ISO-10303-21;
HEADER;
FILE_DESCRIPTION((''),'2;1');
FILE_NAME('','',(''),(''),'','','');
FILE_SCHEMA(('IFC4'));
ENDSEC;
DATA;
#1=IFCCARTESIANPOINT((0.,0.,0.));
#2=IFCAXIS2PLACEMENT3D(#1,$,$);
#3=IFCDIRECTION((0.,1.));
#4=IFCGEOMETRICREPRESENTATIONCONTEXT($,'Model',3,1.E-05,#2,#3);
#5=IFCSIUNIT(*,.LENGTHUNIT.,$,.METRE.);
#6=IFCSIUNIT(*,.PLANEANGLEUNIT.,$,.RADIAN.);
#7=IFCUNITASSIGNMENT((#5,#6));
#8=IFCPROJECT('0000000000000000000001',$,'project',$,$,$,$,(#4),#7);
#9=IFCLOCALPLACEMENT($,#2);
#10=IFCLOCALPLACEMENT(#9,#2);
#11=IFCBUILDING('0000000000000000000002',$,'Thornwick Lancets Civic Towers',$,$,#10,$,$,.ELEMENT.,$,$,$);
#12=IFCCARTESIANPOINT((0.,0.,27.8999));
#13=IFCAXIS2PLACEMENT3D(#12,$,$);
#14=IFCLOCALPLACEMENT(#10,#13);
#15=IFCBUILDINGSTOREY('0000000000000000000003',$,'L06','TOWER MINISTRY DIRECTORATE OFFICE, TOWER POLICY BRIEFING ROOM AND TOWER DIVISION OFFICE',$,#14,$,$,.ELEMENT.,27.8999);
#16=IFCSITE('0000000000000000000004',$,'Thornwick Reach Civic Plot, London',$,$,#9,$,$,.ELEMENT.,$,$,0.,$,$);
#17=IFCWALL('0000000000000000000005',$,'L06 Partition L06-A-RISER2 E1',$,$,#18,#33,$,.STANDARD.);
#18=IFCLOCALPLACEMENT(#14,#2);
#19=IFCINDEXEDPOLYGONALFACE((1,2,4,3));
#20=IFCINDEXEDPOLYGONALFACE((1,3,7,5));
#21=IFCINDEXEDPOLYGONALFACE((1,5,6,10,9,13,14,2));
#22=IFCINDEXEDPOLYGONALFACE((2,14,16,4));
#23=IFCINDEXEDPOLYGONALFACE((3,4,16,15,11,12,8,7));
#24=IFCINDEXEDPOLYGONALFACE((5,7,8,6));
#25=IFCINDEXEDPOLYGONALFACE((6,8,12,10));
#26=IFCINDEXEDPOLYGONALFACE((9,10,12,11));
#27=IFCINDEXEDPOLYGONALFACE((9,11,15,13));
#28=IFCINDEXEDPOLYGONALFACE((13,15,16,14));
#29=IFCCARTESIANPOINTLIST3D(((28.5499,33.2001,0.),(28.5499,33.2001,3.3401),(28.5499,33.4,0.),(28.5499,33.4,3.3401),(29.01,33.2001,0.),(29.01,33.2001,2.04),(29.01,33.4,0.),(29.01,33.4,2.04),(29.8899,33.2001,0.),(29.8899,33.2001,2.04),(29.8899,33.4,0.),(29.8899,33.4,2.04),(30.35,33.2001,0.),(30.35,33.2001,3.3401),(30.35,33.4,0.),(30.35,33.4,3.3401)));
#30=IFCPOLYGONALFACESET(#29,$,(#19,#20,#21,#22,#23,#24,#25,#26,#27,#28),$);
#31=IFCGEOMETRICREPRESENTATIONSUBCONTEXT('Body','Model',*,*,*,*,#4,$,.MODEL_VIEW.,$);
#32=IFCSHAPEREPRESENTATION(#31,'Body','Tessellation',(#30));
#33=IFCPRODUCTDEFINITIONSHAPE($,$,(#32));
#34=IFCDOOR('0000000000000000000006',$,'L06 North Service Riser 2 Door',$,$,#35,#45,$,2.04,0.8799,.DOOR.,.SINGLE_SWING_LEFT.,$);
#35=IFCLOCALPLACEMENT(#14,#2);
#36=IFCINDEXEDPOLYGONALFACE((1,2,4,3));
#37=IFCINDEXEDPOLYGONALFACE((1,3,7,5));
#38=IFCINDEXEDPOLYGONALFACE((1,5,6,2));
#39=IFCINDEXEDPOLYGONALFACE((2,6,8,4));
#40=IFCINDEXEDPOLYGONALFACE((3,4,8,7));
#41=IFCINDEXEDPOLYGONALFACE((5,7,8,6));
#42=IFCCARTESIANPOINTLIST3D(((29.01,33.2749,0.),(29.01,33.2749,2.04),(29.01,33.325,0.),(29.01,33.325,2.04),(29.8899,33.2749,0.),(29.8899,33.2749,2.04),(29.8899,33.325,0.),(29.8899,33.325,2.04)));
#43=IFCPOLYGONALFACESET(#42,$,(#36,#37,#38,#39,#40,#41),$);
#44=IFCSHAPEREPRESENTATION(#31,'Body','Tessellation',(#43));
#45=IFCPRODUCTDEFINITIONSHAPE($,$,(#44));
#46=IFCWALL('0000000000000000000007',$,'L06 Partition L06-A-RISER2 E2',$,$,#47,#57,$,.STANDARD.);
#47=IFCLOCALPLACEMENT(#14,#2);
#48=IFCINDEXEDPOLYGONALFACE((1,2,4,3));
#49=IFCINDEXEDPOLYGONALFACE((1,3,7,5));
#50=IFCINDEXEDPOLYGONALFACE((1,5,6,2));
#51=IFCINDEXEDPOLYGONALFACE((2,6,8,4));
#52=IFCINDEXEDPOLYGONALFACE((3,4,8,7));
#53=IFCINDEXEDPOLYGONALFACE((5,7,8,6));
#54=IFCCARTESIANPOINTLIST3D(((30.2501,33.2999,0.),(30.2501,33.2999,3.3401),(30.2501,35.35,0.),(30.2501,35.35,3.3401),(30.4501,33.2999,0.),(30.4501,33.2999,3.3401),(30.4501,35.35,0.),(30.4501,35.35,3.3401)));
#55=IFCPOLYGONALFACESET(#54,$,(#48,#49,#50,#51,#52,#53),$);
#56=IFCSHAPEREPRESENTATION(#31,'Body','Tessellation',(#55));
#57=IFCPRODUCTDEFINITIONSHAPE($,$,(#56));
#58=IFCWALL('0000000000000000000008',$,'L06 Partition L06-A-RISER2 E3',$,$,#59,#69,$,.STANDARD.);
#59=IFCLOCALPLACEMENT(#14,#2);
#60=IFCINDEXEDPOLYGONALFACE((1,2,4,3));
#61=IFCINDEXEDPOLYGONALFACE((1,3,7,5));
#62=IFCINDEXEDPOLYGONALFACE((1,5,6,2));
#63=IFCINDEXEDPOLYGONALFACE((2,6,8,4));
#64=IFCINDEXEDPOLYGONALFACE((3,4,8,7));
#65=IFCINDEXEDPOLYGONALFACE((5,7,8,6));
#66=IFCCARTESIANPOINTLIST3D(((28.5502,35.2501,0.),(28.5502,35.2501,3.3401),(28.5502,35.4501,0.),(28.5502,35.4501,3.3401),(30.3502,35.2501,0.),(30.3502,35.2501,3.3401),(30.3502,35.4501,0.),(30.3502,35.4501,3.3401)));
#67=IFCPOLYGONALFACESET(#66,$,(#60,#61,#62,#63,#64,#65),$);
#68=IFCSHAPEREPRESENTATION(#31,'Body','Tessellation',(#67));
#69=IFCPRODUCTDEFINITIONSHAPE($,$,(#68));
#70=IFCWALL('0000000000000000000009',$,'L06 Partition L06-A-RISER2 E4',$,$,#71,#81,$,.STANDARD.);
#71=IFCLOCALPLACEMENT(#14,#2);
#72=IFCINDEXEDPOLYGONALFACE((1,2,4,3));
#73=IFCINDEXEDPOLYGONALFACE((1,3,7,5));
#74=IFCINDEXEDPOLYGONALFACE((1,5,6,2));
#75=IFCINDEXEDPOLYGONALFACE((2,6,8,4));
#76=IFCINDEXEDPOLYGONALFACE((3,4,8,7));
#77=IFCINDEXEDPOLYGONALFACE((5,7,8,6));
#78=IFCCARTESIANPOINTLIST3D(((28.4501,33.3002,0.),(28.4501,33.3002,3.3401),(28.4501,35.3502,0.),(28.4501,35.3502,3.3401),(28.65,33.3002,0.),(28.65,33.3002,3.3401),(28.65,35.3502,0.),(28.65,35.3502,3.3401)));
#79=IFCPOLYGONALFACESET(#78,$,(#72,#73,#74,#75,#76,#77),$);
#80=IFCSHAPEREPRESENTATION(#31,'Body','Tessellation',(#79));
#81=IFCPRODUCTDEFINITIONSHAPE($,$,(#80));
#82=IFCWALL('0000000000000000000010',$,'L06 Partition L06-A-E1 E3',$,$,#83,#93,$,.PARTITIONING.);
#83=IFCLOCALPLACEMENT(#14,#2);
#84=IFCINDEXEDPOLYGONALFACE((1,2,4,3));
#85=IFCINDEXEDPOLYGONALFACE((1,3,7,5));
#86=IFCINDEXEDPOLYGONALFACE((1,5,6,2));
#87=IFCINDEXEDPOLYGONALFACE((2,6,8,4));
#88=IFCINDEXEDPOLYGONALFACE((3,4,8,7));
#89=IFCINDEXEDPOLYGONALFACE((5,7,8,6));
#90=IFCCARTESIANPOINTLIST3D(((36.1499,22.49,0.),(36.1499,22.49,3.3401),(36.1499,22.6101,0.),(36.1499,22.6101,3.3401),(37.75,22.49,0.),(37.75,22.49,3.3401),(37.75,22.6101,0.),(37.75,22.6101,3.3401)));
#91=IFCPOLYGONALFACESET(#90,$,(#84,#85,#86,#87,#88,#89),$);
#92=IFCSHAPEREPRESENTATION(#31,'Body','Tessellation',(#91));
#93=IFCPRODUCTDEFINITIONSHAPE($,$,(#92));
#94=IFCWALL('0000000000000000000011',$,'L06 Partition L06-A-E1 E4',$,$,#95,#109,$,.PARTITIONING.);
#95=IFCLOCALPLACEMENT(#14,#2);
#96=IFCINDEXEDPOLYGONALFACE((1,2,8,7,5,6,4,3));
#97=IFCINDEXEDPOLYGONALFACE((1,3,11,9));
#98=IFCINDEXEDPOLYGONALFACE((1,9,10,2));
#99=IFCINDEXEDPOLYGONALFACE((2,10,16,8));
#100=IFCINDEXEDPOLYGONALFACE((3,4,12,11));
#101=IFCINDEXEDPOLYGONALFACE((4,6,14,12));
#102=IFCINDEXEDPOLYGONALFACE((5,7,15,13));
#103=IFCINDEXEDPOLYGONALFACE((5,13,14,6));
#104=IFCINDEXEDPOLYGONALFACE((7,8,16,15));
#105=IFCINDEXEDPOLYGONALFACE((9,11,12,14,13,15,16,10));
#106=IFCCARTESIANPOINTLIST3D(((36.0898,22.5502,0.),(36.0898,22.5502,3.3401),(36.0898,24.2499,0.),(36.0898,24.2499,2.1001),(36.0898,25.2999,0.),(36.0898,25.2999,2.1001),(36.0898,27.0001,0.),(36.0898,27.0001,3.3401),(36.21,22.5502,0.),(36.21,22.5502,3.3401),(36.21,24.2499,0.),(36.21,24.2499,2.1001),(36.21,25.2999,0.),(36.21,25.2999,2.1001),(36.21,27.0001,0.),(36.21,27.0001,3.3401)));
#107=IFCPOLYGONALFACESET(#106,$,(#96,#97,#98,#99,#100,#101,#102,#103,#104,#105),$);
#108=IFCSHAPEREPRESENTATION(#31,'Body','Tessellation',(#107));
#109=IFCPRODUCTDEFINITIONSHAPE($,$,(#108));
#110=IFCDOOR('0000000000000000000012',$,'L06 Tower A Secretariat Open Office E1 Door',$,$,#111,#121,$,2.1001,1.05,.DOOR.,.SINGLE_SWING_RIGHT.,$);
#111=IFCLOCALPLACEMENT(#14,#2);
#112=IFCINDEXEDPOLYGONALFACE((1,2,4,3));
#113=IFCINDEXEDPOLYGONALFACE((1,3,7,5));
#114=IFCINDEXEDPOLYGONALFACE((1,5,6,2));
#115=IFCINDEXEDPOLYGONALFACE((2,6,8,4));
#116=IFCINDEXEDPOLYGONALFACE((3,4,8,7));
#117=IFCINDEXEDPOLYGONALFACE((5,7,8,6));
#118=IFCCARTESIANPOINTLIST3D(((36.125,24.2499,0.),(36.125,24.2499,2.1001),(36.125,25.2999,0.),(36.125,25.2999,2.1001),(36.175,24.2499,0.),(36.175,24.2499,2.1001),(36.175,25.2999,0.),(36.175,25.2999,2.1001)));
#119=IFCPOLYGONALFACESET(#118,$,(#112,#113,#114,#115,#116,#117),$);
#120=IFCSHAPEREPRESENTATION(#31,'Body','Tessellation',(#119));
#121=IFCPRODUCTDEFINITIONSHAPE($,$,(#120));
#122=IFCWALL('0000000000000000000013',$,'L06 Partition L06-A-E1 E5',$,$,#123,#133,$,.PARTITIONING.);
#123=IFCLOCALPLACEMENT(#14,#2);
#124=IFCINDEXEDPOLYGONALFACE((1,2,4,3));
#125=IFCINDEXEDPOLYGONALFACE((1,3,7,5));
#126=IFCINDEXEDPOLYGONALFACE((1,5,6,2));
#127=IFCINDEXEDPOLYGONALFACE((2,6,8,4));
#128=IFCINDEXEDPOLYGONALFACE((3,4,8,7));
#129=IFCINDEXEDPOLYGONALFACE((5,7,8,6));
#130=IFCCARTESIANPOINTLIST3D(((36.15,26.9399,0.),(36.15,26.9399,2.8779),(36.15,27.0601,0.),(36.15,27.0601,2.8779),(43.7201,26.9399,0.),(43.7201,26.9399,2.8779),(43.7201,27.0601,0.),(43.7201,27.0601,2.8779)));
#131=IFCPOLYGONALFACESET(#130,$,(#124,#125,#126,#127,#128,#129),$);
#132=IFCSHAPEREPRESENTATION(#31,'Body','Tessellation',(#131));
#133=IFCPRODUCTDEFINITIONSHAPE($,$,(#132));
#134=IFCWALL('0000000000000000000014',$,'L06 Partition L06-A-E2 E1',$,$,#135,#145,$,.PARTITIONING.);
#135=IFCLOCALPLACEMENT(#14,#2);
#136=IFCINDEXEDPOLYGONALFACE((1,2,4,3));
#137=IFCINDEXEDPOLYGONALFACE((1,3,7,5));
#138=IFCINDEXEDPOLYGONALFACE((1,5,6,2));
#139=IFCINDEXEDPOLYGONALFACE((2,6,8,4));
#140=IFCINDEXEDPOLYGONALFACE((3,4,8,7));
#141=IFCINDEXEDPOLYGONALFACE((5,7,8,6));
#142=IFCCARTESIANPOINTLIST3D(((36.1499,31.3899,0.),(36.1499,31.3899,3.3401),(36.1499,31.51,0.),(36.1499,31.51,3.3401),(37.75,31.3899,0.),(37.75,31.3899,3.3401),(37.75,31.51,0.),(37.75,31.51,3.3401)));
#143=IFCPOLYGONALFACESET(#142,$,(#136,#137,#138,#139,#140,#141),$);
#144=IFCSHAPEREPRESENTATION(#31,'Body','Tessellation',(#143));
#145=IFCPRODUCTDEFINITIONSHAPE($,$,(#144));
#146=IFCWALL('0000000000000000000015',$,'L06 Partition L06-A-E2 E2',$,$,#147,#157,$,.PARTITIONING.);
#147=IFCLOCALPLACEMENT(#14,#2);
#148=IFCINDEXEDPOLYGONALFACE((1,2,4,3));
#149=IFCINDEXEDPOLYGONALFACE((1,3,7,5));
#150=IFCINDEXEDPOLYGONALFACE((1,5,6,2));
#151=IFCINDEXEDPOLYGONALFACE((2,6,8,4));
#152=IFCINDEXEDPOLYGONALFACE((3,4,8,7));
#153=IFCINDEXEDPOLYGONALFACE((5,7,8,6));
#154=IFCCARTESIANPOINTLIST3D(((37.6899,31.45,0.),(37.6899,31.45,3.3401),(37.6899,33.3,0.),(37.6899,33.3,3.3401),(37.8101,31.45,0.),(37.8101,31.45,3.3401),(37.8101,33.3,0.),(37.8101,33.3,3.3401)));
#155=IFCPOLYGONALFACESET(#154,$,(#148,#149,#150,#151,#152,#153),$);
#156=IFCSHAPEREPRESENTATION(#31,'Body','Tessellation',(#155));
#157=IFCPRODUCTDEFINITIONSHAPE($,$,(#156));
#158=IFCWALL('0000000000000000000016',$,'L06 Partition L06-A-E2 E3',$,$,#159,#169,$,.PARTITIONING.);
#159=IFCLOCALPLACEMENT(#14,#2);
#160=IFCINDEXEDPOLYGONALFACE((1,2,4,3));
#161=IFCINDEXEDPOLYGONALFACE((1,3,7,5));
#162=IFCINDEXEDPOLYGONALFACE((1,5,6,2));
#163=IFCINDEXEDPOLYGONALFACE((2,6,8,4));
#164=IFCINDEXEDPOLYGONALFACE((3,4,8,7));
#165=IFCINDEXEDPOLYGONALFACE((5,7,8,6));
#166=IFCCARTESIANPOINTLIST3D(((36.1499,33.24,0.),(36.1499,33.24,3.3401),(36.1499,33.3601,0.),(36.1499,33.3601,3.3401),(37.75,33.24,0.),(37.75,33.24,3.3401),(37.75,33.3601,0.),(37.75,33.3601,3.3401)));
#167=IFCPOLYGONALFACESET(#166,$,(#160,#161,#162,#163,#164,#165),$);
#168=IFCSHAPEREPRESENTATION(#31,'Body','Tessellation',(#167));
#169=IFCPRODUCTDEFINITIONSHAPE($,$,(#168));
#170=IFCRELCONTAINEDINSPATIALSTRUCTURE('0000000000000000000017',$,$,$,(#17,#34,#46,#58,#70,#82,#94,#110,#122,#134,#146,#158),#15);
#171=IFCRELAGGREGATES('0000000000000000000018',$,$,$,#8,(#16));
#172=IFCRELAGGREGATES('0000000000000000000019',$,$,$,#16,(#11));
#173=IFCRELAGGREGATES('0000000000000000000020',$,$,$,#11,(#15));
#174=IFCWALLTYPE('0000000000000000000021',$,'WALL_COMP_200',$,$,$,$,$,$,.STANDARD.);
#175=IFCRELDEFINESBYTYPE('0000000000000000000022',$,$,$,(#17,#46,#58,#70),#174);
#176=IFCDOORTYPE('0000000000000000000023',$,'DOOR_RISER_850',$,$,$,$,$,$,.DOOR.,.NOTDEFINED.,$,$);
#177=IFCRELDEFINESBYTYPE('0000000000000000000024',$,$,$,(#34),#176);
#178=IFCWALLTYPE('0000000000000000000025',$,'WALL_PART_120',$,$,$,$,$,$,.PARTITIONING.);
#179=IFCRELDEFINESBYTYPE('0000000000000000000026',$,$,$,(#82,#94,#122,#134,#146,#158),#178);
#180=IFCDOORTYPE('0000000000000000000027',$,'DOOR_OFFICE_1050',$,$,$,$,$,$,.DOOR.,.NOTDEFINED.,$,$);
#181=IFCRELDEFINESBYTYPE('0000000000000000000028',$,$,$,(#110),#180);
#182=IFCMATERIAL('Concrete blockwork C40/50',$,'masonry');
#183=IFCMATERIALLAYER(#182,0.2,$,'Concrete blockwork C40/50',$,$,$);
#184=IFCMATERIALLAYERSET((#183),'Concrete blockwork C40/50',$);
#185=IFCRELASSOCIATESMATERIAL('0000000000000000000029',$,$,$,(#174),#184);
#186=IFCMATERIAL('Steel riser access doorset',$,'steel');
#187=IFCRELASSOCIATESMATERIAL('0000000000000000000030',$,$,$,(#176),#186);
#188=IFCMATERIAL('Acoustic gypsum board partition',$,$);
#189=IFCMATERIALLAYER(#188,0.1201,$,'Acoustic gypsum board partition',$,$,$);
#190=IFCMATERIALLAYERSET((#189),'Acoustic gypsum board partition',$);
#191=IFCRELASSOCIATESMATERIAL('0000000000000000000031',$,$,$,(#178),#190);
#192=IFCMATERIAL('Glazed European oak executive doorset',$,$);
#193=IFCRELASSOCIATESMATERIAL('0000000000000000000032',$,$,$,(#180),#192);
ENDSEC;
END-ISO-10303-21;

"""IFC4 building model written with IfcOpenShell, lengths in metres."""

from ifc_helpers import new_model, si_unit, direction, frame, frame_2d, origin, place, context, subcontext, project, spatial, rectangle, extrude, material, layer, layer_set, type_object, element, fill, save


model = new_model("IFC4")

# Units and contexts
model_context = context("Model", 3, precision=1e-05, world=origin(), true_north=direction((0.0, 1.0)))
body_context = subcontext(model_context, "Body", "Model", "MODEL_VIEW")
ifc_project = project(units=[si_unit("LENGTHUNIT", "METRE"), si_unit("PLANEANGLEUNIT", "RADIAN")], contexts=[model_context])

# Site, building, storey
site_placement = place(None, origin())
site = spatial("IfcSite", under=ifc_project, at=site_placement, Name="Thornwick Reach Civic Plot, London", CompositionType="ELEMENT", RefElevation=0.0)
building_placement = place(site_placement, origin())
building = spatial("IfcBuilding", under=site, at=building_placement, Name="Thornwick Lancets Civic Towers", CompositionType="ELEMENT")
storey_placement = place(building_placement, frame((0.0, 0.0, 27.8999)))
storey = spatial("IfcBuildingStorey", under=building, at=storey_placement, Name="L06", Description="TOWER MINISTRY DIRECTORATE OFFICE, TOWER POLICY BRIEFING ROOM AND TOWER DIVISION OFFICE", CompositionType="ELEMENT", Elevation=27.8999)

# Shared definitions
ifc_material_1 = material(Name="Concrete blockwork C40/50", Category="masonry")
ifc_layer_1 = layer(ifc_material_1, 0.2, Name="Concrete blockwork C40/50")
ifc_layer_set_1 = layer_set([ifc_layer_1], Name="Concrete blockwork C40/50")
wall_type_1 = type_object("IfcWallType", Name="WALL_COMP_200", PredefinedType="STANDARD", material=ifc_layer_set_1)

# Wall, opening, door
wall_1_placement = place(storey_placement, frame((28.55, 33.3, 0.0), z_axis=(0.0, 0.0, 1.0), x_axis=(1.0, 0.0, 0.0)))
wall_1 = element("IfcWall", 1, at=wall_1_placement, inside=storey, type_object=wall_type_1, Name="L06 Partition L06-A-RISER2 E1", PredefinedType="STANDARD", context=body_context, shape_type="SweptSolid", body=[
    extrude(rectangle(XDim=1.8, YDim=0.2, at=frame_2d((0.8999, 0.0))), origin(), (0.0, 0.0, 1.0), 3.3401),
])
opening_1_placement = place(wall_1_placement, frame((0.46, 0.0, 0.0)))
opening_1 = element("IfcOpeningElement", 2, at=opening_1_placement, cuts=wall_1, PredefinedType="OPENING", context=body_context, shape_type="SweptSolid", body=[
    extrude(rectangle(XDim=0.8799, YDim=2.04, at=frame_2d((0.4399, 1.02))), frame((0.0, 0.1099, 0.0), z_axis=(0.0, -1.0, 0.0), x_axis=(1.0, 0.0, 0.0)), (0.0, 0.0, 1.0), 0.22),
])
ifc_material_2 = material(Name="Steel riser access doorset", Category="steel")
door_type_1 = type_object("IfcDoorType", Name="DOOR_RISER_850", OperationType="NOTDEFINED", PredefinedType="DOOR", material=ifc_material_2)
door_1_placement = place(opening_1_placement, origin())
door_1 = element("IfcDoor", 3, at=door_1_placement, inside=storey, type_object=door_type_1, Name="L06 North Service Riser 2 Door", OperationType="SINGLE_SWING_LEFT", OverallHeight=2.04, OverallWidth=0.8799, PredefinedType="DOOR", context=body_context, shape_type="SweptSolid", body=[
    extrude(rectangle(XDim=0.8799, YDim=2.04, at=frame_2d((0.4399, 1.02))), frame((0.0, 0.0249, 0.0), z_axis=(0.0, -1.0, 0.0), x_axis=(1.0, 0.0, 0.0)), (0.0, 0.0, 1.0), 0.05),
])
fill(opening_1, door_1)

# Walls
wall_2_placement = place(storey_placement, frame((30.3501, 33.3, 0.0), z_axis=(0.0, 0.0, 1.0), x_axis=(0.0, 1.0, 0.0)))
element("IfcWall", 4, at=wall_2_placement, inside=storey, type_object=wall_type_1, Name="L06 Partition L06-A-RISER2 E2", PredefinedType="STANDARD", context=body_context, shape_type="SweptSolid", body=[
    extrude(rectangle(XDim=2.05, YDim=0.2, at=frame_2d((1.0249, 0.0))), origin(), (0.0, 0.0, 1.0), 3.3401),
])
wall_3_placement = place(storey_placement, frame((30.3501, 35.3501, 0.0), z_axis=(0.0, 0.0, 1.0), x_axis=(-1.0, 0.0, 0.0)))
element("IfcWall", 5, at=wall_3_placement, inside=storey, type_object=wall_type_1, Name="L06 Partition L06-A-RISER2 E3", PredefinedType="STANDARD", context=body_context, shape_type="SweptSolid", body=[
    extrude(rectangle(XDim=1.8, YDim=0.2, at=frame_2d((0.8999, 0.0))), origin(), (0.0, 0.0, 1.0), 3.3401),
])
wall_4_placement = place(storey_placement, frame((28.55, 35.3501, 0.0), z_axis=(0.0, 0.0, 1.0), x_axis=(0.0, -1.0, 0.0)))
element("IfcWall", 6, at=wall_4_placement, inside=storey, type_object=wall_type_1, Name="L06 Partition L06-A-RISER2 E4", PredefinedType="STANDARD", context=body_context, shape_type="SweptSolid", body=[
    extrude(rectangle(XDim=2.05, YDim=0.2, at=frame_2d((1.0249, 0.0))), origin(), (0.0, 0.0, 1.0), 3.3401),
])
ifc_material_3 = material(Name="Acoustic gypsum board partition")
ifc_layer_2 = layer(ifc_material_3, 0.1201, Name="Acoustic gypsum board partition")
ifc_layer_set_2 = layer_set([ifc_layer_2], Name="Acoustic gypsum board partition")
wall_type_2 = type_object("IfcWallType", Name="WALL_PART_120", PredefinedType="PARTITIONING", material=ifc_layer_set_2)
wall_5_placement = place(storey_placement, frame((37.75, 22.55, 0.0), z_axis=(0.0, 0.0, 1.0), x_axis=(-1.0, 0.0, 0.0)))
element("IfcWall", 7, at=wall_5_placement, inside=storey, type_object=wall_type_2, Name="L06 Partition L06-A-E1 E3", PredefinedType="PARTITIONING", context=body_context, shape_type="SweptSolid", body=[
    extrude(rectangle(XDim=1.6001, YDim=0.1201, at=frame_2d((0.8, 0.0))), origin(), (0.0, 0.0, 1.0), 3.3401),
])

# Wall, opening, door
wall_6_placement = place(storey_placement, frame((36.1499, 22.55, 0.0), z_axis=(0.0, 0.0, 1.0), x_axis=(0.0, 1.0, 0.0)))
wall_6 = element("IfcWall", 8, at=wall_6_placement, inside=storey, type_object=wall_type_2, Name="L06 Partition L06-A-E1 E4", PredefinedType="PARTITIONING", context=body_context, shape_type="SweptSolid", body=[
    extrude(rectangle(XDim=4.45, YDim=0.1201, at=frame_2d((2.2251, 0.0))), origin(), (0.0, 0.0, 1.0), 3.3401),
])
opening_2_placement = place(wall_6_placement, frame((1.7, 0.0, 0.0)))
opening_2 = element("IfcOpeningElement", 9, at=opening_2_placement, cuts=wall_6, PredefinedType="OPENING", context=body_context, shape_type="SweptSolid", body=[
    extrude(rectangle(XDim=1.05, YDim=2.1001, at=frame_2d((0.5249, 1.05))), frame((0.0, 0.0701, 0.0), z_axis=(0.0, -1.0, 0.0), x_axis=(1.0, 0.0, 0.0)), (0.0, 0.0, 1.0), 0.1401),
])
ifc_material_4 = material(Name="Glazed European oak executive doorset")
door_type_2 = type_object("IfcDoorType", Name="DOOR_OFFICE_1050", OperationType="NOTDEFINED", PredefinedType="DOOR", material=ifc_material_4)
door_2_placement = place(opening_2_placement, origin())
door_2 = element("IfcDoor", 10, at=door_2_placement, inside=storey, type_object=door_type_2, Name="L06 Tower A Secretariat Open Office E1 Door", OperationType="SINGLE_SWING_RIGHT", OverallHeight=2.1001, OverallWidth=1.05, PredefinedType="DOOR", context=body_context, shape_type="SweptSolid", body=[
    extrude(rectangle(XDim=1.05, YDim=2.1001, at=frame_2d((0.5249, 1.05))), frame((0.0, 0.0249, 0.0), z_axis=(0.0, -1.0, 0.0), x_axis=(1.0, 0.0, 0.0)), (0.0, 0.0, 1.0), 0.05),
])
fill(opening_2, door_2)

# Walls
wall_7_placement = place(storey_placement, frame((36.1499, 27.0, 0.0), z_axis=(0.0, 0.0, 1.0), x_axis=(1.0, 0.0, 0.0)))
element("IfcWall", 11, at=wall_7_placement, inside=storey, type_object=wall_type_2, Name="L06 Partition L06-A-E1 E5", PredefinedType="PARTITIONING", context=body_context, shape_type="SweptSolid", body=[
    extrude(rectangle(XDim=7.5701, YDim=0.1201, at=frame_2d((3.7852, 0.0))), origin(), (0.0, 0.0, 1.0), 2.8779),
])
wall_8_placement = place(storey_placement, frame((36.1499, 31.45, 0.0), z_axis=(0.0, 0.0, 1.0), x_axis=(1.0, 0.0, 0.0)))
element("IfcWall", 12, at=wall_8_placement, inside=storey, type_object=wall_type_2, Name="L06 Partition L06-A-E2 E1", PredefinedType="PARTITIONING", context=body_context, shape_type="SweptSolid", body=[
    extrude(rectangle(XDim=1.6001, YDim=0.1201, at=frame_2d((0.8, 0.0))), origin(), (0.0, 0.0, 1.0), 3.3401),
])
wall_9_placement = place(storey_placement, frame((37.75, 31.45, 0.0), z_axis=(0.0, 0.0, 1.0), x_axis=(0.0, 1.0, 0.0)))
element("IfcWall", 13, at=wall_9_placement, inside=storey, type_object=wall_type_2, Name="L06 Partition L06-A-E2 E2", PredefinedType="PARTITIONING", context=body_context, shape_type="SweptSolid", body=[
    extrude(rectangle(XDim=1.8501, YDim=0.1201, at=frame_2d((0.925, 0.0))), origin(), (0.0, 0.0, 1.0), 3.3401),
])
wall_10_placement = place(storey_placement, frame((37.75, 33.3, 0.0), z_axis=(0.0, 0.0, 1.0), x_axis=(-1.0, 0.0, 0.0)))
element("IfcWall", 14, at=wall_10_placement, inside=storey, type_object=wall_type_2, Name="L06 Partition L06-A-E2 E3", PredefinedType="PARTITIONING", context=body_context, shape_type="SweptSolid", body=[
    extrude(rectangle(XDim=1.6001, YDim=0.1201, at=frame_2d((0.8, 0.0))), origin(), (0.0, 0.0, 1.0), 3.3401),
])

save(model, "model.ifc")
